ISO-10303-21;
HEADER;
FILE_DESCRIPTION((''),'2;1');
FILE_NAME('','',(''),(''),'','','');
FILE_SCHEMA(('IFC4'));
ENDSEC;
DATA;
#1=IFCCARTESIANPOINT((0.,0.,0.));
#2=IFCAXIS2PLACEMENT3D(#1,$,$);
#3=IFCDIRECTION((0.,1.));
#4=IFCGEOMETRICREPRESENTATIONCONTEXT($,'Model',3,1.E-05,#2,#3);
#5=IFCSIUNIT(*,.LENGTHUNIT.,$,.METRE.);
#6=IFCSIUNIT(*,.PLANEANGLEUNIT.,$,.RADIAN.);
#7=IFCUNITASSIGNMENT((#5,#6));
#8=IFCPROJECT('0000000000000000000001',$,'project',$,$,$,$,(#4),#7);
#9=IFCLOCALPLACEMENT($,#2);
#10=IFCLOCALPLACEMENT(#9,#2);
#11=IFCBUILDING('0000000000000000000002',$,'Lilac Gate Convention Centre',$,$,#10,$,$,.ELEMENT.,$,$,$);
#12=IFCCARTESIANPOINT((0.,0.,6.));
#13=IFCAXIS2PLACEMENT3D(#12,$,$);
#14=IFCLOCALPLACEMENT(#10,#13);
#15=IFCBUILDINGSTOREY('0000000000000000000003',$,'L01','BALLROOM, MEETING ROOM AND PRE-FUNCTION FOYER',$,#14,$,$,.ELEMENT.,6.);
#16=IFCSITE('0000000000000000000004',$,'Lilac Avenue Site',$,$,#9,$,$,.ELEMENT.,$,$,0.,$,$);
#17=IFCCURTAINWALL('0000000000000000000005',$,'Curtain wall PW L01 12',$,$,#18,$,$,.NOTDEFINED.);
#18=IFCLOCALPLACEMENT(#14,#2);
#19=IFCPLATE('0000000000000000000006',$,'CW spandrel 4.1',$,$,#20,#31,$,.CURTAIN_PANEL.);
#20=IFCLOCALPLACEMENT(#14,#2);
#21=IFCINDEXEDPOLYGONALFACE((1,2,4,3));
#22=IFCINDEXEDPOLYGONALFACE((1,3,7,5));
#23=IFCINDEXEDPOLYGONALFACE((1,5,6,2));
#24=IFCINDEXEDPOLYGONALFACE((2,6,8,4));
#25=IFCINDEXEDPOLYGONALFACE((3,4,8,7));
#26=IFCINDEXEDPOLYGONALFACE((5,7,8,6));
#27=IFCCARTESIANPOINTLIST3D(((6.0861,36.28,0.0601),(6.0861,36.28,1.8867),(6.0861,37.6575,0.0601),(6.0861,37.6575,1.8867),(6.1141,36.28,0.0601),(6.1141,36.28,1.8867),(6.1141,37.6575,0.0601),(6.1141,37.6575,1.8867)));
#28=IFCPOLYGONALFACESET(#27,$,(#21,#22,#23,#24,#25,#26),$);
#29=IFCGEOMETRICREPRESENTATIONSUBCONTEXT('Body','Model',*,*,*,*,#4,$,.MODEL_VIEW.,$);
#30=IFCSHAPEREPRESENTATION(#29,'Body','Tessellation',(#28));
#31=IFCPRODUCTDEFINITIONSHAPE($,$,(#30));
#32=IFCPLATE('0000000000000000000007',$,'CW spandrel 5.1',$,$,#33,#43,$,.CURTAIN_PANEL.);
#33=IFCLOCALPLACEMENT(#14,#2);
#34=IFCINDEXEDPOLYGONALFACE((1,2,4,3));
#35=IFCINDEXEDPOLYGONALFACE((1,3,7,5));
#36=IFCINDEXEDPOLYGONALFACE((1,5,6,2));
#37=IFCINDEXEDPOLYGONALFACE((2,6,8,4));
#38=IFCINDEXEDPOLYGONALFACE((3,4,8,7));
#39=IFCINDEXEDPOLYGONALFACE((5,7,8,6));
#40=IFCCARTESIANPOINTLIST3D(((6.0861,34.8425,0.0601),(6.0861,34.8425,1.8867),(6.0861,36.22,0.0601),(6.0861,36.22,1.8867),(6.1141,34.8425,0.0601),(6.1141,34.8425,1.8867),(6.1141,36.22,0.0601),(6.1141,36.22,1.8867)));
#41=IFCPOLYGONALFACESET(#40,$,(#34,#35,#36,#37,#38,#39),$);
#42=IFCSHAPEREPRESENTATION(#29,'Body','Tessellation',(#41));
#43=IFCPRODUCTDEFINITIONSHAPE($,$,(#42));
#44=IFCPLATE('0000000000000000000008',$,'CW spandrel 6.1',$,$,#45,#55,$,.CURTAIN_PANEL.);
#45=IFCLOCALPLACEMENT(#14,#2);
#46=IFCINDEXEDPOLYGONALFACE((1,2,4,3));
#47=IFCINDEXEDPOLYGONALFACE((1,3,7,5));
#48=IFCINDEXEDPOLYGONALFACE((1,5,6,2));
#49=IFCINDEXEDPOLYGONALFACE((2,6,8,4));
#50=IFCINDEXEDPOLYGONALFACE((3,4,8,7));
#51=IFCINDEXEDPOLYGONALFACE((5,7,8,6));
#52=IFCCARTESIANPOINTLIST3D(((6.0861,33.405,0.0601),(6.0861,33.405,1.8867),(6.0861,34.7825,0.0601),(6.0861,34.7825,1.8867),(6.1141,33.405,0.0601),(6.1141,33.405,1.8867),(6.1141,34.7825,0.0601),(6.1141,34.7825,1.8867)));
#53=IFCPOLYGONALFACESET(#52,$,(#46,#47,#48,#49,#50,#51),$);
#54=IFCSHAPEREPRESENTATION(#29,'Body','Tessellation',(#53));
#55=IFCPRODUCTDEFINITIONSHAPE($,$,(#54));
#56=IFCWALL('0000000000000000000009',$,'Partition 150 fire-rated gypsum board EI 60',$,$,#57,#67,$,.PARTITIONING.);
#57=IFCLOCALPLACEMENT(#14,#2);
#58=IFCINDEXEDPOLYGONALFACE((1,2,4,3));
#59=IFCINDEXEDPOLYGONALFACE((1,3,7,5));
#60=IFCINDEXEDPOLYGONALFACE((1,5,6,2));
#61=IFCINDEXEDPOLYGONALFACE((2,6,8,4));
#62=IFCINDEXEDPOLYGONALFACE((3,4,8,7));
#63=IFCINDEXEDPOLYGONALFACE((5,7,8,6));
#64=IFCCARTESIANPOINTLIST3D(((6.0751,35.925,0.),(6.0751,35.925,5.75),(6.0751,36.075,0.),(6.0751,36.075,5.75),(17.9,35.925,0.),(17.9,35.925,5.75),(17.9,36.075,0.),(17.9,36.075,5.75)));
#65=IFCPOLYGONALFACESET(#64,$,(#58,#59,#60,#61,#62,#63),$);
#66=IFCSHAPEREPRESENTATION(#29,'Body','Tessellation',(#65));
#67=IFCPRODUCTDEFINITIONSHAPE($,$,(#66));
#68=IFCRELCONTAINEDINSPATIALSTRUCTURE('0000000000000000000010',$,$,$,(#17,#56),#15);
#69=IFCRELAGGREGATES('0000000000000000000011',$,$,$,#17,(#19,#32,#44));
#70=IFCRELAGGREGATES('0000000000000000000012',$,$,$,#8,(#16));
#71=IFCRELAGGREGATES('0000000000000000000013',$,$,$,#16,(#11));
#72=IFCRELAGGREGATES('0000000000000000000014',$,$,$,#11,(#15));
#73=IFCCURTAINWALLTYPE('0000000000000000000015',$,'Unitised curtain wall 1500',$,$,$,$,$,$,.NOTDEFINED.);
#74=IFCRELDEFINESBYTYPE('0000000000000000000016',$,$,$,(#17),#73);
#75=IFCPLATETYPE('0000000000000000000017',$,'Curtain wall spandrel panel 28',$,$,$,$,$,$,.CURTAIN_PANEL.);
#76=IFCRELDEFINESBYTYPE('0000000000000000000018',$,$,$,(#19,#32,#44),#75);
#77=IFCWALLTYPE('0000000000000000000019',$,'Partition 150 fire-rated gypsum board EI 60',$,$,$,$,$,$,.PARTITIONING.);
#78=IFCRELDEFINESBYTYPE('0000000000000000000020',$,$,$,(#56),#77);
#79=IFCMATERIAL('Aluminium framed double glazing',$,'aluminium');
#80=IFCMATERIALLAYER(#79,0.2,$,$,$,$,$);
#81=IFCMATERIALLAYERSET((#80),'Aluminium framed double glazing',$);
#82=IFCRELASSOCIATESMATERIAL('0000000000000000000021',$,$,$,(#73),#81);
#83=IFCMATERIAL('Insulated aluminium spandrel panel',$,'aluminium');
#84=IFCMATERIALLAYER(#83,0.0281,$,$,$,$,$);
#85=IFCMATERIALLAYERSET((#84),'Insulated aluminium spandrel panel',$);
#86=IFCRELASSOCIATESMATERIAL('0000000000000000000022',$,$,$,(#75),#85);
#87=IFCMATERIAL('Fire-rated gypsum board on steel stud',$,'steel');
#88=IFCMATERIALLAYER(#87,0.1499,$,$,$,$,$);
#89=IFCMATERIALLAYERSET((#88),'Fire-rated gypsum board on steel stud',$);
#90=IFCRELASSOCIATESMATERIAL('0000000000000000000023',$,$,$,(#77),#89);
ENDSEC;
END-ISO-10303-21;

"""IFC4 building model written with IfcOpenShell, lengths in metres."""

from ifc_helpers import new_model, si_unit, direction, frame, frame_2d, origin, origin_2d, place, context, subcontext, project, spatial, rectangle, extrude, material, layer, layer_set, type_object, element, aggregate, save


model = new_model("IFC4")

# Units and contexts
model_context = context("Model", 3, precision=1e-05, world=origin(), true_north=direction((0.0, 1.0)))
body_context = subcontext(model_context, "Body", "Model", "MODEL_VIEW")
ifc_project = project(units=[si_unit("LENGTHUNIT", "METRE"), si_unit("PLANEANGLEUNIT", "RADIAN")], contexts=[model_context])

# Site, building, storey
site_placement = place(None, origin())
site = spatial("IfcSite", under=ifc_project, at=site_placement, Name="Lilac Avenue Site", CompositionType="ELEMENT", RefElevation=0.0)
building_placement = place(site_placement, origin())
building = spatial("IfcBuilding", under=site, at=building_placement, Name="Lilac Gate Convention Centre", CompositionType="ELEMENT")
storey_placement = place(building_placement, frame((0.0, 0.0, 6.0)))
storey = spatial("IfcBuildingStorey", under=building, at=storey_placement, Name="L01", Description="BALLROOM, MEETING ROOM AND PRE-FUNCTION FOYER", CompositionType="ELEMENT", Elevation=6.0)

# Curtain wall
ifc_material_1 = material(Name="Aluminium framed double glazing", Category="aluminium")
ifc_layer_1 = layer(ifc_material_1, 0.2)
ifc_layer_set_1 = layer_set([ifc_layer_1], Name="Aluminium framed double glazing")
curtain_wall_type = type_object("IfcCurtainWallType", Name="Unitised curtain wall 1500", PredefinedType="NOTDEFINED", material=ifc_layer_set_1)
curtain_wall_placement = place(storey_placement, origin())
curtain_wall = element("IfcCurtainWall", 1, at=curtain_wall_placement, inside=storey, type_object=curtain_wall_type, Name="Curtain wall PW L01 12", PredefinedType="NOTDEFINED")

# Plates
ifc_material_2 = material(Name="Insulated aluminium spandrel panel", Category="aluminium")
ifc_layer_2 = layer(ifc_material_2, 0.0281)
ifc_layer_set_2 = layer_set([ifc_layer_2], Name="Insulated aluminium spandrel panel")
plate_type_1 = type_object("IfcPlateType", Name="Curtain wall spandrel panel 28", PredefinedType="CURTAIN_PANEL", material=ifc_layer_set_2)
plate_1_placement = place(storey_placement, frame((6.1001, 36.9688, 0.0601), z_axis=(0.0, 0.0, 1.0), x_axis=(0.0, -1.0, 0.0)))
plate_1 = element("IfcPlate", 2, at=plate_1_placement, type_object=plate_type_1, Name="CW spandrel 4.1", PredefinedType="CURTAIN_PANEL", context=body_context, shape_type="SweptSolid", body=[
    extrude(rectangle(XDim=1.3774, YDim=0.0281, at=origin_2d()), origin(), (0.0, 0.0, 1.0), 1.8267),
])
plate_2_placement = place(storey_placement, frame((6.1001, 35.5312, 0.0601), z_axis=(0.0, 0.0, 1.0), x_axis=(0.0, -1.0, 0.0)))
plate_2 = element("IfcPlate", 3, at=plate_2_placement, type_object=plate_type_1, Name="CW spandrel 5.1", PredefinedType="CURTAIN_PANEL", context=body_context, shape_type="SweptSolid", body=[
    extrude(rectangle(XDim=1.3774, YDim=0.0281, at=origin_2d()), origin(), (0.0, 0.0, 1.0), 1.8267),
])
plate_3_placement = place(storey_placement, frame((6.1001, 34.0938, 0.0601), z_axis=(0.0, 0.0, 1.0), x_axis=(0.0, -1.0, 0.0)))
plate_3 = element("IfcPlate", 4, at=plate_3_placement, type_object=plate_type_1, Name="CW spandrel 6.1", PredefinedType="CURTAIN_PANEL", context=body_context, shape_type="SweptSolid", body=[
    extrude(rectangle(XDim=1.3774, YDim=0.0281, at=origin_2d()), origin(), (0.0, 0.0, 1.0), 1.8267),
])
aggregate(curtain_wall, [plate_1, plate_2, plate_3])

# Wall
ifc_material_3 = material(Name="Fire-rated gypsum board on steel stud", Category="steel")
ifc_layer_3 = layer(ifc_material_3, 0.1499)
ifc_layer_set_3 = layer_set([ifc_layer_3], Name="Fire-rated gypsum board on steel stud")
wall_type = type_object("IfcWallType", Name="Partition 150 fire-rated gypsum board EI 60", PredefinedType="PARTITIONING", material=ifc_layer_set_3)
wall_placement = place(storey_placement, frame((6.075, 36.0, 0.0), z_axis=(0.0, 0.0, 1.0), x_axis=(1.0, 0.0, 0.0)))
element("IfcWall", 5, at=wall_placement, inside=storey, type_object=wall_type, Name="Partition 150 fire-rated gypsum board EI 60", PredefinedType="PARTITIONING", context=body_context, shape_type="SweptSolid", body=[
    extrude(rectangle(XDim=11.825, YDim=0.1499, at=frame_2d((5.9126, 0.0))), origin(), (0.0, 0.0, 1.0), 5.75),
])

save(model, "model.ifc")
